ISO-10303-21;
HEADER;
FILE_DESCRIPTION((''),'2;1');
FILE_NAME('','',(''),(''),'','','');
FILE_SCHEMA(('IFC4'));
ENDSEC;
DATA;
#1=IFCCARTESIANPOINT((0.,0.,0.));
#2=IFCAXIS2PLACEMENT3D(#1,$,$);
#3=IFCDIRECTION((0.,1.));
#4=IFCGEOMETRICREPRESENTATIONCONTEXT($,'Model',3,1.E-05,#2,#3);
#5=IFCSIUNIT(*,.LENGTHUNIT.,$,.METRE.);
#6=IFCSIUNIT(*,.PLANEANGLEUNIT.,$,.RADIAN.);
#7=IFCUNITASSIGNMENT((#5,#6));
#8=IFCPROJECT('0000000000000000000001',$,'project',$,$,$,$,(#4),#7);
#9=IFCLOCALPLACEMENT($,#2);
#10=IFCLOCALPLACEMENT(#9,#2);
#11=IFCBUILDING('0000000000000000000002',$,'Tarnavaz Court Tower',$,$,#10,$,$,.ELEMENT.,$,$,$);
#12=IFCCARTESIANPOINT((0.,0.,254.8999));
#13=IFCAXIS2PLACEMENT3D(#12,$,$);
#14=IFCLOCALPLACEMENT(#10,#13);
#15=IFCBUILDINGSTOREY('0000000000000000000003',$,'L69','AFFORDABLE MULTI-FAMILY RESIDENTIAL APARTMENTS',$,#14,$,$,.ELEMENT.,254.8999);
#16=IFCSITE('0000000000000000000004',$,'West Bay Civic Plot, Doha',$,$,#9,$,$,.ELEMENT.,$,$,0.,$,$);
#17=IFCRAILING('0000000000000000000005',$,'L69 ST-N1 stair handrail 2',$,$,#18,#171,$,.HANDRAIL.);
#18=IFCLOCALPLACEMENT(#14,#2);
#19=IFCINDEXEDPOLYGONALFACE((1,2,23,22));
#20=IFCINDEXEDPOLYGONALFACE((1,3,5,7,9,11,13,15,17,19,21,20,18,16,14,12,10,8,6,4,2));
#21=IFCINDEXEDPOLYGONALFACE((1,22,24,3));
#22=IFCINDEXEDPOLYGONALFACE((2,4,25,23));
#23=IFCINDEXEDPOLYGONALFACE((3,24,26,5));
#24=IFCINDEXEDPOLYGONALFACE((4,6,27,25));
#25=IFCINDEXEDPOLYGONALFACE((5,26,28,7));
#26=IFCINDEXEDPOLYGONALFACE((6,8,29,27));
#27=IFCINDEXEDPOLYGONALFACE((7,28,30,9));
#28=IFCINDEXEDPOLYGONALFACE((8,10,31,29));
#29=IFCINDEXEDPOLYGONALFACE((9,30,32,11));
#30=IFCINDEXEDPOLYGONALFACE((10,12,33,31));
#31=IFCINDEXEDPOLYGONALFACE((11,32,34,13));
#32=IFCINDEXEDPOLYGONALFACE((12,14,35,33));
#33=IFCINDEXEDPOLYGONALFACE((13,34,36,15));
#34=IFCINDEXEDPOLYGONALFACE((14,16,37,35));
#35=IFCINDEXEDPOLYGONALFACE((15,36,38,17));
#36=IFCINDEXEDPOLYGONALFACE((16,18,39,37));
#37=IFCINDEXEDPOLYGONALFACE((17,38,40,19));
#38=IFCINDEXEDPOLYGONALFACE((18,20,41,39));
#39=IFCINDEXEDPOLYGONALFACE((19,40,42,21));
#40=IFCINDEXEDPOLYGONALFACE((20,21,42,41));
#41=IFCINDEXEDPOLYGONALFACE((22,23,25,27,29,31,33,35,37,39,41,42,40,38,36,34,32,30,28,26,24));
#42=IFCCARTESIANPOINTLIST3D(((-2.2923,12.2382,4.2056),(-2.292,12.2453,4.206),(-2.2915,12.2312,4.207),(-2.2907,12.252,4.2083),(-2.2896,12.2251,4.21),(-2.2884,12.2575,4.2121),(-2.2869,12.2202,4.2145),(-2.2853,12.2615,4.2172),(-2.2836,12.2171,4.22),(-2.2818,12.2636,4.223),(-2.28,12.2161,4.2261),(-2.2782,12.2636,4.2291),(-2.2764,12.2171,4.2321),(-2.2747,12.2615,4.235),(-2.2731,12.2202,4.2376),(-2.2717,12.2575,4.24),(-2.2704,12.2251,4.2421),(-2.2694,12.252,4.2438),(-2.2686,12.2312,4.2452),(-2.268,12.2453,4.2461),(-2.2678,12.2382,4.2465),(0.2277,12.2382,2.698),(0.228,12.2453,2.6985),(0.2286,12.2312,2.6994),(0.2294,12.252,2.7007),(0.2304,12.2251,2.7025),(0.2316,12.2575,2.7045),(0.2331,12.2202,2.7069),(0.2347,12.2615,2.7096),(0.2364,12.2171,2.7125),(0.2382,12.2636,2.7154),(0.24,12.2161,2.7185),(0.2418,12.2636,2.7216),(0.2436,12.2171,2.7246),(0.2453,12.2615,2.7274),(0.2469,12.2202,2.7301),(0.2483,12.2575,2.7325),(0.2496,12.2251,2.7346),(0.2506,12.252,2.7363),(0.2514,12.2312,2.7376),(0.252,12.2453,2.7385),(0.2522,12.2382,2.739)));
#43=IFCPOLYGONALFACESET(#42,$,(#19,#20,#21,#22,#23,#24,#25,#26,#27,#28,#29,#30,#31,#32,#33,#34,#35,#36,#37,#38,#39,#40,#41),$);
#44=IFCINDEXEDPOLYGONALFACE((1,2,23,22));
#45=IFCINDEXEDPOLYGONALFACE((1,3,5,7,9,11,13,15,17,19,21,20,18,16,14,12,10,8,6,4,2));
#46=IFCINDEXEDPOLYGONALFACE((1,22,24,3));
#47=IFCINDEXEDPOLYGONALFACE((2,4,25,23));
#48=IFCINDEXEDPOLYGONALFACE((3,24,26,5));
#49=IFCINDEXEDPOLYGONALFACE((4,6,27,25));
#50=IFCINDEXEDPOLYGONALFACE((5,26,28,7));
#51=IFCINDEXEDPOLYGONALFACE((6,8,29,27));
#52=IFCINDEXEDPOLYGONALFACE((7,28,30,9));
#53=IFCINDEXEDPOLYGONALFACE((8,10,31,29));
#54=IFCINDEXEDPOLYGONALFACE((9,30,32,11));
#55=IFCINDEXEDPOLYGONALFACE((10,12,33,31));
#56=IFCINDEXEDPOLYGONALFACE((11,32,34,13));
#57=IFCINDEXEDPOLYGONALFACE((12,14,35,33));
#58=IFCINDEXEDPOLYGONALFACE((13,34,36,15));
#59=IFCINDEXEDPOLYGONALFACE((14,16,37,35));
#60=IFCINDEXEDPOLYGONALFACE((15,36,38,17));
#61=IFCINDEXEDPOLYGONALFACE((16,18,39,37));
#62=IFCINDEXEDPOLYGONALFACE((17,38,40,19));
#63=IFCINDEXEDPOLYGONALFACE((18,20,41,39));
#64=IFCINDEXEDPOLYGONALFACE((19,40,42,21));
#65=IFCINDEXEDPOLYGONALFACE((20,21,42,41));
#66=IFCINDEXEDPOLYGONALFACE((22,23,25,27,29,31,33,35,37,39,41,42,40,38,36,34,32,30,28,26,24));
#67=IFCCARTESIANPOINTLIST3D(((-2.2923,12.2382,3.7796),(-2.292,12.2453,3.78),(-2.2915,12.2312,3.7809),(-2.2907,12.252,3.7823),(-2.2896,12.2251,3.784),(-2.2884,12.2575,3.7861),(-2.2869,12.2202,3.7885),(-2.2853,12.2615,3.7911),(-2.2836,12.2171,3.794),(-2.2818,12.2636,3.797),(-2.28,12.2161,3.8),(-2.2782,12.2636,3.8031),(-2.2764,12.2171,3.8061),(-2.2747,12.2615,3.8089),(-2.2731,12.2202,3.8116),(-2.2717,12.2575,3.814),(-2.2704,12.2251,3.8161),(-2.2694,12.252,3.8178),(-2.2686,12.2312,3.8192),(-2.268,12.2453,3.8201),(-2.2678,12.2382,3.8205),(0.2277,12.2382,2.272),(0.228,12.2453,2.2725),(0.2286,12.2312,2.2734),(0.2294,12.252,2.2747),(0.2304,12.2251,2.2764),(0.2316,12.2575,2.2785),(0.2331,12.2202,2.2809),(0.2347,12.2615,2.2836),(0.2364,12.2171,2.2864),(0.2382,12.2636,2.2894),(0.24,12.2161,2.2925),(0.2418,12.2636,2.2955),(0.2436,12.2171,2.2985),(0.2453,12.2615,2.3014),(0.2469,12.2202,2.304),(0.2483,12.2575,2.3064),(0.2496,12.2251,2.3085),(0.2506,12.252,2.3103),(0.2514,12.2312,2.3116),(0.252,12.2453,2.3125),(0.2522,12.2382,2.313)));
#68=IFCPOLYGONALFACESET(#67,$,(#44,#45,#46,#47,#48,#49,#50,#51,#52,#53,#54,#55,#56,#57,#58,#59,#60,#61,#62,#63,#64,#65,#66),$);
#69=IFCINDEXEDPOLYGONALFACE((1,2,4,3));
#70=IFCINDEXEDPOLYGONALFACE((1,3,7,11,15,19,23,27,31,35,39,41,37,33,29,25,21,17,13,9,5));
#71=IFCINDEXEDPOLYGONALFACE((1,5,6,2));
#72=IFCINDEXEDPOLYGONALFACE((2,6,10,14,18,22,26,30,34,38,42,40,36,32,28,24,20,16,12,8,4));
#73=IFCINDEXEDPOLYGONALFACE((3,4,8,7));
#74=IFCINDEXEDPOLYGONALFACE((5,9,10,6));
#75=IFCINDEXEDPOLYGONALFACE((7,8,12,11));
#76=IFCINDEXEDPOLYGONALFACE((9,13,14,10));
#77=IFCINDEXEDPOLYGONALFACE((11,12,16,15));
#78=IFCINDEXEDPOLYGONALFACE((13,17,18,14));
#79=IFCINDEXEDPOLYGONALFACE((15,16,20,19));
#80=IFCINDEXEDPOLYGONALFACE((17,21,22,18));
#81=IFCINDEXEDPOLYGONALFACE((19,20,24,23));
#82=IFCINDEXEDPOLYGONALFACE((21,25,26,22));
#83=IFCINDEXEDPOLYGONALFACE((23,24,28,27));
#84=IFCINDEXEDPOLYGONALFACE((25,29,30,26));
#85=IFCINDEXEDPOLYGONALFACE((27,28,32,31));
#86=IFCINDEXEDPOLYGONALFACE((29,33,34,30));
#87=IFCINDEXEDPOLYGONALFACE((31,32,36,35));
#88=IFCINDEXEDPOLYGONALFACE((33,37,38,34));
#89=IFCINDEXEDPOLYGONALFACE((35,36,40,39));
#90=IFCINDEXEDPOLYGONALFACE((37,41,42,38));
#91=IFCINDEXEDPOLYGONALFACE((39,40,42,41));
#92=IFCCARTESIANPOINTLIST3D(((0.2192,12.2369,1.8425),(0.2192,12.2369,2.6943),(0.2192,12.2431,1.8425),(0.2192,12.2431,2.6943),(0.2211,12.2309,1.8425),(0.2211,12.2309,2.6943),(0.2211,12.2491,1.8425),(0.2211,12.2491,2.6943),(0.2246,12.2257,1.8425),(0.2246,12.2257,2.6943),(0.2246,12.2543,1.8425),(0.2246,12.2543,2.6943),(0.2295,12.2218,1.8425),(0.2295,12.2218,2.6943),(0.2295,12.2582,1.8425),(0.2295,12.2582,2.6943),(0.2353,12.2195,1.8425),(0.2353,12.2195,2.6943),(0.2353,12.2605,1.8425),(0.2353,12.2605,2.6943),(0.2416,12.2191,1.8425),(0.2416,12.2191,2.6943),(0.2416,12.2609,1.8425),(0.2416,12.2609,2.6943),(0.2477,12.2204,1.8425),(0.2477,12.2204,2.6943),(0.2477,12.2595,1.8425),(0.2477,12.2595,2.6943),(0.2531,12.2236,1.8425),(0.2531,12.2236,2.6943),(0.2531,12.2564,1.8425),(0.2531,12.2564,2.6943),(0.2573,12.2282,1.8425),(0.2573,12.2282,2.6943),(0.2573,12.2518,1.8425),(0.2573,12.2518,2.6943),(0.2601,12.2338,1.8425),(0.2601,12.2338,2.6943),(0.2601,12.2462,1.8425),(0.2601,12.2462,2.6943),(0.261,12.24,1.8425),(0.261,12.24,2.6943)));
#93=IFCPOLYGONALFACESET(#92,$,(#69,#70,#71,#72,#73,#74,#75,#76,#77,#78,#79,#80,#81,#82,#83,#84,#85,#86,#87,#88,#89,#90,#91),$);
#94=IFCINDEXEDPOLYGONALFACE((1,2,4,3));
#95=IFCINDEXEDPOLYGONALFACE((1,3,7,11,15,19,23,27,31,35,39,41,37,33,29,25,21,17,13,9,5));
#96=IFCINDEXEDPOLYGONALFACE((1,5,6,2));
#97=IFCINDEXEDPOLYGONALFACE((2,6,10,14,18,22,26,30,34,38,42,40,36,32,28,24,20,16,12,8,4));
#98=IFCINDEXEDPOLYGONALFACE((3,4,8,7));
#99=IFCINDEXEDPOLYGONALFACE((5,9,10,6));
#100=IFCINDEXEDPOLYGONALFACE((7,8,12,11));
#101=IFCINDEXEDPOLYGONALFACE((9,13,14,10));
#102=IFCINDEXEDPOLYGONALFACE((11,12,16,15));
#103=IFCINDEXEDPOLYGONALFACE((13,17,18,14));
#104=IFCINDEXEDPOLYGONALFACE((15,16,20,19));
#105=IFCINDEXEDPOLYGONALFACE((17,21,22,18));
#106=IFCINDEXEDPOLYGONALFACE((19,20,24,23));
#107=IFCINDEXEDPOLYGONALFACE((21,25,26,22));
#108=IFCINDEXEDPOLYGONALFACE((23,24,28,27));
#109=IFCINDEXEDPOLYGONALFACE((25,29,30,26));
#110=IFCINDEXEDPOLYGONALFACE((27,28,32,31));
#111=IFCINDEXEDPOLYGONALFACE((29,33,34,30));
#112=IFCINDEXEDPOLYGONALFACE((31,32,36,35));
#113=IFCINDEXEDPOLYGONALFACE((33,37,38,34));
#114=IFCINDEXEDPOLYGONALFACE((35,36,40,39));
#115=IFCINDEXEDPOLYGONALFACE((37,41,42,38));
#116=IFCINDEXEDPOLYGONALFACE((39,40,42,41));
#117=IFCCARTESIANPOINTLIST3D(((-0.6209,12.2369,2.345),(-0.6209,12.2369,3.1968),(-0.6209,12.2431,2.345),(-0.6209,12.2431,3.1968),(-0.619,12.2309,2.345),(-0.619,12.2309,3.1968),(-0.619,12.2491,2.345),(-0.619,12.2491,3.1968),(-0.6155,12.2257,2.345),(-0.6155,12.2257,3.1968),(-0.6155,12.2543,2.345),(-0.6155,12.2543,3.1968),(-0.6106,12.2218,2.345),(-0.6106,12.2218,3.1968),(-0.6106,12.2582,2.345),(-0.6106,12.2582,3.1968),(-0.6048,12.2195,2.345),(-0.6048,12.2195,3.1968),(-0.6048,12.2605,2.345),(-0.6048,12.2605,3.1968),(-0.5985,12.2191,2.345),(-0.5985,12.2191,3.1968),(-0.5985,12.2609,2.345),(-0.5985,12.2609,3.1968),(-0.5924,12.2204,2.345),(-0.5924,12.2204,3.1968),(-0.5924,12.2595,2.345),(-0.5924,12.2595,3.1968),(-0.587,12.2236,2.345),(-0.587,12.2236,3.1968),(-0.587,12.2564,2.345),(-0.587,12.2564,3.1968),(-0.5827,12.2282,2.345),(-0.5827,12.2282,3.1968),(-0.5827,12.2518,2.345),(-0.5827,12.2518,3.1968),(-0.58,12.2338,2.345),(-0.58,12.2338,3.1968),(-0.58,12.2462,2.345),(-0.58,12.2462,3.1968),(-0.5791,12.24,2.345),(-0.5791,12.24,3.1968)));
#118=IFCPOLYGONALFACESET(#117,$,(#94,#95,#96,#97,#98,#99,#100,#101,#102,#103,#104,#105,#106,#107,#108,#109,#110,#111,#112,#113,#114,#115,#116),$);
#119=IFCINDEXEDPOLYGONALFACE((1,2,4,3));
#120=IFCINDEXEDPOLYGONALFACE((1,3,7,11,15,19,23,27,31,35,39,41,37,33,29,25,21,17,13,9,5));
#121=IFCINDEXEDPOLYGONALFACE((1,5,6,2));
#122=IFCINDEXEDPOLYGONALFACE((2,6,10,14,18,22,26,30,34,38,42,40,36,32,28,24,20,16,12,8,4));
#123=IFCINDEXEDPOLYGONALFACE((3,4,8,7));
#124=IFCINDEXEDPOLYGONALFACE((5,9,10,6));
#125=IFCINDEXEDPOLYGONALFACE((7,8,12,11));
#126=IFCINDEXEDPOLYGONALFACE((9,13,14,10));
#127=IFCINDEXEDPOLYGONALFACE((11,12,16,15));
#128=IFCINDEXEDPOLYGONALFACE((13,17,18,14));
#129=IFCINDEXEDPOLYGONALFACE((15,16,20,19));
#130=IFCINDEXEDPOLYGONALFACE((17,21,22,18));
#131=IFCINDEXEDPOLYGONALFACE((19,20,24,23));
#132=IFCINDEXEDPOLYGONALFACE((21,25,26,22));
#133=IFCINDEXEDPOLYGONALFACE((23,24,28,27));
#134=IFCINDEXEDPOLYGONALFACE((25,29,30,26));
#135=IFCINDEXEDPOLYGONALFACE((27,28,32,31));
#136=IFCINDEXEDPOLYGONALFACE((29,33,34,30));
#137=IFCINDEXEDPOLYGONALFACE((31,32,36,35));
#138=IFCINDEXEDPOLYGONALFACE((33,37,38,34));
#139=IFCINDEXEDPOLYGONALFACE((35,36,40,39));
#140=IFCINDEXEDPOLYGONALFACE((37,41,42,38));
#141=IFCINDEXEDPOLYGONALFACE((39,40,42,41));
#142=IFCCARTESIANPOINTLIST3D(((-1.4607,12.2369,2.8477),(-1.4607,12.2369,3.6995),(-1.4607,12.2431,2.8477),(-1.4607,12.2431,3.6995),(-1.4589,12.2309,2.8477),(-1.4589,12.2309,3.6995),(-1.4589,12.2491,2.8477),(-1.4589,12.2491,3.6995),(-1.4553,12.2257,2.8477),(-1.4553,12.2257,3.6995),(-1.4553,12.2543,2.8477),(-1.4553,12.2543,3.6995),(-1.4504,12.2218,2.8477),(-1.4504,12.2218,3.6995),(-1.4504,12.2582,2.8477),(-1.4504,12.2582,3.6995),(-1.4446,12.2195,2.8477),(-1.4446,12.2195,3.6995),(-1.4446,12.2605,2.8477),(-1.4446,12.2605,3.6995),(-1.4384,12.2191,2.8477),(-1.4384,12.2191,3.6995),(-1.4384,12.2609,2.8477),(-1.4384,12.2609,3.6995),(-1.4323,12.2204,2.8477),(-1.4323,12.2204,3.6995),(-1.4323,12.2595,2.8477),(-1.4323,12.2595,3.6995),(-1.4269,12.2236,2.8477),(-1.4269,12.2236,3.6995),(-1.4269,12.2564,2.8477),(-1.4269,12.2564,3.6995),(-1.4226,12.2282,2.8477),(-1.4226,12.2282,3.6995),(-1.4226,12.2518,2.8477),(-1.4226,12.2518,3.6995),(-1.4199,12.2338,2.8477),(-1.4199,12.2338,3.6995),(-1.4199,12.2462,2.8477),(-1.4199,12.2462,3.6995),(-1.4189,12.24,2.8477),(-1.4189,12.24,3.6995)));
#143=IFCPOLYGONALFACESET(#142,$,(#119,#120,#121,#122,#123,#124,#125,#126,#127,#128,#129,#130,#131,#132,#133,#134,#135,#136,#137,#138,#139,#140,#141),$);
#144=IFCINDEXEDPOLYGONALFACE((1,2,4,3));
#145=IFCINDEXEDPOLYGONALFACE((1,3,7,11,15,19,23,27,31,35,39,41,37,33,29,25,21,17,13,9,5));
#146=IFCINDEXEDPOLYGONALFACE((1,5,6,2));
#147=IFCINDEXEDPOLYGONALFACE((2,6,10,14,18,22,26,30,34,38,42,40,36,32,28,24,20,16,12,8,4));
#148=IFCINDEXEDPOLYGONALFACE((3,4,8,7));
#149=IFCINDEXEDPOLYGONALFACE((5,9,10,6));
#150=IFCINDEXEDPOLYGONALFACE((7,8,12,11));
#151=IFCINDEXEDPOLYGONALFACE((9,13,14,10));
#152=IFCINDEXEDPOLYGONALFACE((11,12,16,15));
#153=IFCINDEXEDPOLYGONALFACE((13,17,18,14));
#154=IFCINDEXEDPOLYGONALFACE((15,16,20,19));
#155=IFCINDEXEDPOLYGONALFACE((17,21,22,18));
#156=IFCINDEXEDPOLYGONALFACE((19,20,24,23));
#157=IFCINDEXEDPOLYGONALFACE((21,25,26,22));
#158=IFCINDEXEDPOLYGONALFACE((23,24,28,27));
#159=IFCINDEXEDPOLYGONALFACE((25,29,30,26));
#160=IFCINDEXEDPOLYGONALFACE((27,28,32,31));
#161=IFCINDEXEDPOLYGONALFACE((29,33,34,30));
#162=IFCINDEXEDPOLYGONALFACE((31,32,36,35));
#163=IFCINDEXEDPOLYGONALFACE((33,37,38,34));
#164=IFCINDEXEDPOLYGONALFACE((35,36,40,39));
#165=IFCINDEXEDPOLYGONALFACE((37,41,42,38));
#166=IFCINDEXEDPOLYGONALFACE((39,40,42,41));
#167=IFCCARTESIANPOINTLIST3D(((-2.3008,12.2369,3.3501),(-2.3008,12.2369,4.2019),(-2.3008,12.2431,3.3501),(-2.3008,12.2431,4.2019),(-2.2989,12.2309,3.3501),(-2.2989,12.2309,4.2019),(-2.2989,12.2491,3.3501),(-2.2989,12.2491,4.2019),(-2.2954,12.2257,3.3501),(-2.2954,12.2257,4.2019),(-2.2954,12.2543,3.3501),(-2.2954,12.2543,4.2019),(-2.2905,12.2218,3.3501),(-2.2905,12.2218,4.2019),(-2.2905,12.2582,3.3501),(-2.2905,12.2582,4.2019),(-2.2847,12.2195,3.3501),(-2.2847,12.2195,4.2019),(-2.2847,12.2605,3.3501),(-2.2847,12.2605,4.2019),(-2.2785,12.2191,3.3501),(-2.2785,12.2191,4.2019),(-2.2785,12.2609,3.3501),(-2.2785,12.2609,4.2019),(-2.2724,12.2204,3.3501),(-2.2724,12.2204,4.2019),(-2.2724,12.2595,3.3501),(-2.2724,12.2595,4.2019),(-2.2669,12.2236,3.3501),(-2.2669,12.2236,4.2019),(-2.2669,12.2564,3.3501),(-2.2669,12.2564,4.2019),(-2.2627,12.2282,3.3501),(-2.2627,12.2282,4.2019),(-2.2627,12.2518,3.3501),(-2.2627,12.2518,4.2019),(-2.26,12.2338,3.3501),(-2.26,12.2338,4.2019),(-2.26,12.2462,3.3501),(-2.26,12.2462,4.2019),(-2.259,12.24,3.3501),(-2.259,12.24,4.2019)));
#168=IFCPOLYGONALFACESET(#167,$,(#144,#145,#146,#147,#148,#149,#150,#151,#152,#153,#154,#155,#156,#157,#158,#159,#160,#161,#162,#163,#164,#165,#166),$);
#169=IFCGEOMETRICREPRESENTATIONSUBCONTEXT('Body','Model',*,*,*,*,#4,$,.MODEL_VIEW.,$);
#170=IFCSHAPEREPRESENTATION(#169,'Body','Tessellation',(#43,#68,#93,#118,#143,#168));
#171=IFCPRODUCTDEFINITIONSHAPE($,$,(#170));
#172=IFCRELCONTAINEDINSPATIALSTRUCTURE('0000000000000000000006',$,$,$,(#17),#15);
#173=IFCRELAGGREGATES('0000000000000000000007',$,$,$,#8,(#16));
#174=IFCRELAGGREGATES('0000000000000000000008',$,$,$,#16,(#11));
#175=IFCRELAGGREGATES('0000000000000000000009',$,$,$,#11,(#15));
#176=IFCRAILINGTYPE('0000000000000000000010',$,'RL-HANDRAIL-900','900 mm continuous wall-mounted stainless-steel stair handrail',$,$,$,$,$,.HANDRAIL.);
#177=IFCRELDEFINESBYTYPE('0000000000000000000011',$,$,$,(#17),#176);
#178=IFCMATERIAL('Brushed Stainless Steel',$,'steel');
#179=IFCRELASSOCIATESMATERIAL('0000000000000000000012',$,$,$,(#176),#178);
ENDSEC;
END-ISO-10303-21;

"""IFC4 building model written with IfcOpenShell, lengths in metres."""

from ifc_helpers import new_model, si_unit, direction, frame, origin, origin_2d, place, context, subcontext, project, spatial, circle, extrude, material, type_object, element, save


model = new_model("IFC4")

# Units and contexts
model_context = context("Model", 3, precision=1e-05, world=origin(), true_north=direction((0.0, 1.0)))
body_context = subcontext(model_context, "Body", "Model", "MODEL_VIEW")
ifc_project = project(units=[si_unit("LENGTHUNIT", "METRE"), si_unit("PLANEANGLEUNIT", "RADIAN")], contexts=[model_context])

# Site, building, storey
site_placement = place(None, origin())
site = spatial("IfcSite", under=ifc_project, at=site_placement, Name="West Bay Civic Plot, Doha", CompositionType="ELEMENT", RefElevation=0.0)
building_placement = place(site_placement, origin())
building = spatial("IfcBuilding", under=site, at=building_placement, Name="Tarnavaz Court Tower", CompositionType="ELEMENT")
storey_placement = place(building_placement, frame((0.0, 0.0, 254.8999)))
storey = spatial("IfcBuildingStorey", under=building, at=storey_placement, Name="L69", Description="AFFORDABLE MULTI-FAMILY RESIDENTIAL APARTMENTS", CompositionType="ELEMENT", Elevation=254.8999)

# Railing
ifc_material_1 = material(Name="Brushed Stainless Steel", Category="steel")
railing_type_1 = type_object("IfcRailingType", Name="RL-HANDRAIL-900", Description="900 mm continuous wall-mounted stainless-steel stair handrail", PredefinedType="HANDRAIL", material=ifc_material_1)
railing_1_placement = place(storey_placement, frame((0.24, 12.24, 1.8425)))
element("IfcRailing", 1, at=railing_1_placement, inside=storey, type_object=railing_type_1, Name="L69 ST-N1 stair handrail 2", PredefinedType="HANDRAIL", context=body_context, shape_type="SweptSolid", body=[
    extrude(circle(Radius=0.0239, at=origin_2d()), frame((0.0, 0.0, 0.876), z_axis=(-0.85816, 0.0, 0.513383), x_axis=(0.0, -1.0, 0.0)), (0.0, 0.0, 1.0), 2.9365),
    extrude(circle(Radius=0.0239, at=origin_2d()), frame((0.0, 0.0, 0.45), z_axis=(-0.85816, 0.0, 0.513383), x_axis=(0.0, -1.0, 0.0)), (0.0, 0.0, 1.0), 2.9365),
    extrude(circle(Radius=0.021, at=origin_2d()), origin(), (0.0, 0.0, 1.0), 0.8518),
    extrude(circle(Radius=0.021, at=origin_2d()), frame((-0.8401, 0.0, 0.5024)), (0.0, 0.0, 1.0), 0.8518),
    extrude(circle(Radius=0.021, at=origin_2d()), frame((-1.6799, 0.0, 1.0051)), (0.0, 0.0, 1.0), 0.8518),
    extrude(circle(Radius=0.021, at=origin_2d()), frame((-2.52, 0.0, 1.5076)), (0.0, 0.0, 1.0), 0.8518),
])

save(model, "model.ifc")
